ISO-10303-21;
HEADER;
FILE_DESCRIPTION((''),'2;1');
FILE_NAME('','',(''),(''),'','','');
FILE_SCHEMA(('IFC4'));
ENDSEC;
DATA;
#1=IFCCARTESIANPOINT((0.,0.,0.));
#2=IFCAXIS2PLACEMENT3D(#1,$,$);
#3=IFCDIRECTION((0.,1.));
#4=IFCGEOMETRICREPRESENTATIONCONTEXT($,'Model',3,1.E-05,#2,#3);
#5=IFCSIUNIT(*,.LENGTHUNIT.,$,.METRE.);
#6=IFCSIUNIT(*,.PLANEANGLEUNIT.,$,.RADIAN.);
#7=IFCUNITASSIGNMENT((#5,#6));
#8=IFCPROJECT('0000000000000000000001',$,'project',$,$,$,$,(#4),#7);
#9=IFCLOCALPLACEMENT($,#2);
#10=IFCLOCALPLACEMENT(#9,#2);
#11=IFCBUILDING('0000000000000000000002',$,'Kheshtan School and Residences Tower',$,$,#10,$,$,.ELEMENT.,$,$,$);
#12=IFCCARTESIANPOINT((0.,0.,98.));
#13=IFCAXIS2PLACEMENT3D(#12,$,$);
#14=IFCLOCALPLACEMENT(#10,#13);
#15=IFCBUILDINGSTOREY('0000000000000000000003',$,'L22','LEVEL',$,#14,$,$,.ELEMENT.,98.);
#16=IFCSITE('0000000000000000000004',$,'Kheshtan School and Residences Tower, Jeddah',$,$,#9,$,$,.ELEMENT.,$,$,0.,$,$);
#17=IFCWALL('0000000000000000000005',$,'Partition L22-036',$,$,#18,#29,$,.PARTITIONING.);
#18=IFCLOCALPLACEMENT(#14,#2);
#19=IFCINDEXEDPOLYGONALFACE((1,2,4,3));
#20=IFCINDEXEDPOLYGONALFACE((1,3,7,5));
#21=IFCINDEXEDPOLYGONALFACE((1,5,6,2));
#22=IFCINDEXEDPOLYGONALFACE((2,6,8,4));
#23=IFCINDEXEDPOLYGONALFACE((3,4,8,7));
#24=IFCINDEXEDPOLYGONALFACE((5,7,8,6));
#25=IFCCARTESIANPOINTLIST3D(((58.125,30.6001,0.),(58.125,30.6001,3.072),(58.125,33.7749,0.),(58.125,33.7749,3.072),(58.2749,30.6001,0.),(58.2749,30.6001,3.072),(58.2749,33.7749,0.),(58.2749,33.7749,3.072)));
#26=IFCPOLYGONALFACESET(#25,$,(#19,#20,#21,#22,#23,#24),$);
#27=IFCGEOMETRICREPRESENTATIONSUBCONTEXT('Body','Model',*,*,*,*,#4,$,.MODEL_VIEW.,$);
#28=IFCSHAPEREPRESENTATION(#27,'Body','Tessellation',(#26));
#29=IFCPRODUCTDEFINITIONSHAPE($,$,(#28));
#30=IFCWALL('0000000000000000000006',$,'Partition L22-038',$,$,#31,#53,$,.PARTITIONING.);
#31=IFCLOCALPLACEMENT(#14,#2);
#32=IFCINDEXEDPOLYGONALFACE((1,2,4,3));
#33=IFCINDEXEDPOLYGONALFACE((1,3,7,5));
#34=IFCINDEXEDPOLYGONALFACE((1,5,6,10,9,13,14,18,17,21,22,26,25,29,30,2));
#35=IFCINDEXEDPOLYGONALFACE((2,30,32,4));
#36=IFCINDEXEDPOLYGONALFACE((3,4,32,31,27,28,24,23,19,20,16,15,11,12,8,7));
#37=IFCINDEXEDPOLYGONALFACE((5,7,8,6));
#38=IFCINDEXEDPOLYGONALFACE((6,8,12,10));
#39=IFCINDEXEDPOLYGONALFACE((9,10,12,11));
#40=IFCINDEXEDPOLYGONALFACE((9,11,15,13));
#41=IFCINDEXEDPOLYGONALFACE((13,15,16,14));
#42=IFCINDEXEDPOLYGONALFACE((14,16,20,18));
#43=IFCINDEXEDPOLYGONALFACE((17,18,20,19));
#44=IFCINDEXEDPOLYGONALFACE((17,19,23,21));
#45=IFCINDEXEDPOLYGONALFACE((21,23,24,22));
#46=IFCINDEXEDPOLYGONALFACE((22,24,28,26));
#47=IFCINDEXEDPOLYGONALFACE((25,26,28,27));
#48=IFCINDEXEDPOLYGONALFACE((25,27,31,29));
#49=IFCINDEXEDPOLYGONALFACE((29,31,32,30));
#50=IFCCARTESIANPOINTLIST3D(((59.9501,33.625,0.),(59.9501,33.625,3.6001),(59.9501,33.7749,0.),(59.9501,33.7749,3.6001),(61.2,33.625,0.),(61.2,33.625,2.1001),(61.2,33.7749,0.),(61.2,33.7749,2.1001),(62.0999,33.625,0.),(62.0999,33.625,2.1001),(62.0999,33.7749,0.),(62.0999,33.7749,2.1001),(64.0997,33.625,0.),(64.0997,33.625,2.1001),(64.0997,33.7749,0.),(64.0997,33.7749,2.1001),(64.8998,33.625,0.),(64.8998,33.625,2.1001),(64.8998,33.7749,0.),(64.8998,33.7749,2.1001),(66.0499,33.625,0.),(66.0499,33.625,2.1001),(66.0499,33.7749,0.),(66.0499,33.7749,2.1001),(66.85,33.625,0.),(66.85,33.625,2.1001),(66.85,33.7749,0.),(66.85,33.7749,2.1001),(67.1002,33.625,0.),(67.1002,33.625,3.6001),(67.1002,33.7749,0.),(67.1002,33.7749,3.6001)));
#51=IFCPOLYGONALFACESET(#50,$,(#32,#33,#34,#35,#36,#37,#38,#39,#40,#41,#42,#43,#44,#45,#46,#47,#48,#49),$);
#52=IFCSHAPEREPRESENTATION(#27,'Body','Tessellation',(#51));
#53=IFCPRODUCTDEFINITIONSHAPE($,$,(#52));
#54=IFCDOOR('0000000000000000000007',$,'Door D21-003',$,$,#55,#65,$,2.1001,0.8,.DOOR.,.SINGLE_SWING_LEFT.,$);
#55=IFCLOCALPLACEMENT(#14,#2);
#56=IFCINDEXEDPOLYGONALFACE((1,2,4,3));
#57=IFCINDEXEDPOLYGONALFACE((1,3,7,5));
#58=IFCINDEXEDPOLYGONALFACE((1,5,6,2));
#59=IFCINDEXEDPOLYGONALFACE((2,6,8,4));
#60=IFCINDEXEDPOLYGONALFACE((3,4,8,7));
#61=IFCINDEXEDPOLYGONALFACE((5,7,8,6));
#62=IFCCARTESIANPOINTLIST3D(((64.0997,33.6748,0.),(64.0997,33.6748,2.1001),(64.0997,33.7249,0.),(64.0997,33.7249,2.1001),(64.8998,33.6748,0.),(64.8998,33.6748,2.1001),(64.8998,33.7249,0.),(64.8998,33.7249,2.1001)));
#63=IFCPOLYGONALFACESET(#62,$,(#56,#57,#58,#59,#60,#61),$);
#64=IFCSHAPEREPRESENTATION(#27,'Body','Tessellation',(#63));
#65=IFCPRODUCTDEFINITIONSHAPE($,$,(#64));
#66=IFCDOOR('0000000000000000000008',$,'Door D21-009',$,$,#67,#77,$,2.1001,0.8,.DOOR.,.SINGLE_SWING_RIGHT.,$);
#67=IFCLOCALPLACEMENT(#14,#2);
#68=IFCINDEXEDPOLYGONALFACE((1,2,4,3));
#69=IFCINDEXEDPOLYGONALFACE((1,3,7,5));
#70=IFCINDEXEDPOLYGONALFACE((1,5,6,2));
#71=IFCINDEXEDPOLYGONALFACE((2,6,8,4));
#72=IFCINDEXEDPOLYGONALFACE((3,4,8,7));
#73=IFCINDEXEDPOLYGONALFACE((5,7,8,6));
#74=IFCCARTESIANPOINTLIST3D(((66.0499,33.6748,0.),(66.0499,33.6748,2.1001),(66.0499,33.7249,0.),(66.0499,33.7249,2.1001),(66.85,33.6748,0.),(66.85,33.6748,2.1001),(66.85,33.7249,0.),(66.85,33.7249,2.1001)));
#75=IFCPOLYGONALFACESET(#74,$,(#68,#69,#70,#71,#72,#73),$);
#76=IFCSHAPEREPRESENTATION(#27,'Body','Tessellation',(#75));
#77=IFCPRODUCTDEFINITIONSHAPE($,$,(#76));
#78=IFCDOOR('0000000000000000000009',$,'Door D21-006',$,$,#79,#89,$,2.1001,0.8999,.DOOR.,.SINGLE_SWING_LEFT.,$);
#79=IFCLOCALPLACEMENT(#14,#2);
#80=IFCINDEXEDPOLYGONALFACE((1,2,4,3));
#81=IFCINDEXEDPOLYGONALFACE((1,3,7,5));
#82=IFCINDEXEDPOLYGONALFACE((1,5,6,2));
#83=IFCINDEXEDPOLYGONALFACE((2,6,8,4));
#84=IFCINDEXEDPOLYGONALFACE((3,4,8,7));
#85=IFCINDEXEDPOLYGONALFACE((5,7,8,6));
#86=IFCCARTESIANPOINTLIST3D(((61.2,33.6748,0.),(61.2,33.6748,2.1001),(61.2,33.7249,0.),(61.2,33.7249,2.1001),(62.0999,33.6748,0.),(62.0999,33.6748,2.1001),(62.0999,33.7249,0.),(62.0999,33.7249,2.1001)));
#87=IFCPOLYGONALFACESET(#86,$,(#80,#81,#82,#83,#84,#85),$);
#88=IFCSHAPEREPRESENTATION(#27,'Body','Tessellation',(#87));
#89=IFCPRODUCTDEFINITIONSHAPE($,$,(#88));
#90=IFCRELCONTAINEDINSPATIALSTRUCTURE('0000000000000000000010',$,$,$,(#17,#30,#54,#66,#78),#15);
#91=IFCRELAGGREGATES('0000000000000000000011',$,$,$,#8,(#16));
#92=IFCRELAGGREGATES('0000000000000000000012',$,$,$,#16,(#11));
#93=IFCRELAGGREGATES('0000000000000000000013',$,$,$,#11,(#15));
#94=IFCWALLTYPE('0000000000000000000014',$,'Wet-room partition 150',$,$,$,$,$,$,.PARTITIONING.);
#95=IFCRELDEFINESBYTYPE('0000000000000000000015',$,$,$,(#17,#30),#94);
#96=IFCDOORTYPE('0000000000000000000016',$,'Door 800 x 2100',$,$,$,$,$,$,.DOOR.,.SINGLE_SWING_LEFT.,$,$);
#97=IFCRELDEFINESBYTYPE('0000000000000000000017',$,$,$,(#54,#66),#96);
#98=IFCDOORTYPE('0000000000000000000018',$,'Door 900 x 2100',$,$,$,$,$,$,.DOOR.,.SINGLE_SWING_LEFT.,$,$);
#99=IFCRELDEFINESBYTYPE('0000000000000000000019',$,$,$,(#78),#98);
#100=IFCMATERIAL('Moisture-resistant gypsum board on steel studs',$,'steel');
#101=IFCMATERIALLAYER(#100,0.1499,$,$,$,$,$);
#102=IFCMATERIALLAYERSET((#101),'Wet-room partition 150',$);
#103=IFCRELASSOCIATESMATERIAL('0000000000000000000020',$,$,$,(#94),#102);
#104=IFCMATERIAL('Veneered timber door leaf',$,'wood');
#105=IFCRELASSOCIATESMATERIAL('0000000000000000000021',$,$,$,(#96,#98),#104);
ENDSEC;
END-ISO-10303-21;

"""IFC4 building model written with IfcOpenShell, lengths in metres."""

from ifc_helpers import new_model, si_unit, direction, frame, frame_2d, origin, place, context, subcontext, project, spatial, rectangle, extrude, source, transform, mapped, material, layer, layer_set, type_object, element, fill, save


model = new_model("IFC4")

# Units and contexts
model_context = context("Model", 3, precision=1e-05, world=origin(), true_north=direction((0.0, 1.0)))
body_context = subcontext(model_context, "Body", "Model", "MODEL_VIEW")
ifc_project = project(units=[si_unit("LENGTHUNIT", "METRE"), si_unit("PLANEANGLEUNIT", "RADIAN")], contexts=[model_context])

# Site, building, storey
site_placement = place(None, origin())
site = spatial("IfcSite", under=ifc_project, at=site_placement, Name="Kheshtan School and Residences Tower, Jeddah", CompositionType="ELEMENT", RefElevation=0.0)
building_placement = place(site_placement, origin())
building = spatial("IfcBuilding", under=site, at=building_placement, Name="Kheshtan School and Residences Tower", CompositionType="ELEMENT")
storey_placement = place(building_placement, frame((0.0, 0.0, 98.0)))
storey = spatial("IfcBuildingStorey", under=building, at=storey_placement, Name="L22", Description="LEVEL", CompositionType="ELEMENT", Elevation=98.0)

# Shared definitions
ifc_material_1 = material(Name="Moisture-resistant gypsum board on steel studs", Category="steel")
ifc_layer_1 = layer(ifc_material_1, 0.1499)
ifc_layer_set_1 = layer_set([ifc_layer_1], Name="Wet-room partition 150")
wall_type_1 = type_object("IfcWallType", Name="Wet-room partition 150", PredefinedType="PARTITIONING", material=ifc_layer_set_1)
ifc_material_2 = material(Name="Veneered timber door leaf", Category="wood")
door_type_1 = type_object("IfcDoorType", Name="Door 800 x 2100", OperationType="SINGLE_SWING_LEFT", PredefinedType="DOOR", material=ifc_material_2)
shared_shape_1 = source(origin(), body_context, "Body", "SweptSolid", [
    extrude(rectangle(XDim=0.8, YDim=2.1001, at=frame_2d((0.3999, 1.05))), frame((0.0, 0.0249, 0.0), z_axis=(0.0, -1.0, 0.0), x_axis=(1.0, 0.0, 0.0)), (0.0, 0.0, 1.0), 0.05),
])

# Shared definitions
door_type_2 = type_object("IfcDoorType", Name="Door 900 x 2100", OperationType="SINGLE_SWING_LEFT", PredefinedType="DOOR", material=ifc_material_2)
shared_shape_2 = source(origin(), body_context, "Body", "SweptSolid", [
    extrude(rectangle(XDim=0.8999, YDim=2.1001, at=frame_2d((0.45, 1.05))), frame((0.0, 0.0249, 0.0), z_axis=(0.0, -1.0, 0.0), x_axis=(1.0, 0.0, 0.0)), (0.0, 0.0, 1.0), 0.05),
])

# Wall
wall_1_placement = place(storey_placement, frame((58.2, 30.6001, 0.0), z_axis=(0.0, 0.0, 1.0), x_axis=(0.0, 1.0, 0.0)))
element("IfcWall", 1, at=wall_1_placement, inside=storey, type_object=wall_type_1, Name="Partition L22-036", PredefinedType="PARTITIONING", context=body_context, shape_type="SweptSolid", body=[
    extrude(rectangle(XDim=3.1748, YDim=0.1499, at=frame_2d((1.5874, 0.0))), origin(), (0.0, 0.0, 1.0), 3.072),
])

# Wall, openings, doors
wall_2_placement = place(storey_placement, frame((59.95, 33.7, 0.0), z_axis=(0.0, 0.0, 1.0), x_axis=(1.0, 0.0, 0.0)))
wall_2 = element("IfcWall", 2, at=wall_2_placement, inside=storey, type_object=wall_type_1, Name="Partition L22-038", PredefinedType="PARTITIONING", context=body_context, shape_type="SweptSolid", body=[
    extrude(rectangle(XDim=7.1501, YDim=0.1499, at=frame_2d((3.5752, 0.0))), origin(), (0.0, 0.0, 1.0), 3.6001),
])
opening_1_placement = place(wall_2_placement, frame((4.1499, 0.0, 0.0)))
opening_1 = element("IfcOpeningElement", 3, at=opening_1_placement, cuts=wall_2, PredefinedType="OPENING", context=body_context, shape_type="SweptSolid", body=[
    extrude(rectangle(XDim=0.8, YDim=2.1001, at=frame_2d((0.3999, 1.05))), frame((0.0, 0.085, 0.0), z_axis=(0.0, -1.0, 0.0), x_axis=(1.0, 0.0, 0.0)), (0.0, 0.0, 1.0), 0.1699),
])
opening_2_placement = place(wall_2_placement, frame((1.25, 0.0, 0.0)))
opening_2 = element("IfcOpeningElement", 4, at=opening_2_placement, cuts=wall_2, PredefinedType="OPENING", context=body_context, shape_type="SweptSolid", body=[
    extrude(rectangle(XDim=0.8999, YDim=2.1001, at=frame_2d((0.45, 1.05))), frame((0.0, 0.085, 0.0), z_axis=(0.0, -1.0, 0.0), x_axis=(1.0, 0.0, 0.0)), (0.0, 0.0, 1.0), 0.1699),
])
opening_3_placement = place(wall_2_placement, frame((6.1001, 0.0, 0.0)))
opening_3 = element("IfcOpeningElement", 5, at=opening_3_placement, cuts=wall_2, PredefinedType="OPENING", context=body_context, shape_type="SweptSolid", body=[
    extrude(rectangle(XDim=0.8, YDim=2.1001, at=frame_2d((0.3999, 1.05))), frame((0.0, 0.085, 0.0), z_axis=(0.0, -1.0, 0.0), x_axis=(1.0, 0.0, 0.0)), (0.0, 0.0, 1.0), 0.1699),
])
door_1_placement = place(opening_1_placement, origin())
door_1 = element("IfcDoor", 6, at=door_1_placement, inside=storey, type_object=door_type_1, Name="Door D21-003", OperationType="SINGLE_SWING_LEFT", OverallHeight=2.1001, OverallWidth=0.8, PredefinedType="DOOR", context=body_context, shape_type="MappedRepresentation", body=[
    mapped(shared_shape_1, transform((0.0, 0.0, 0.0), x_axis=(1.0, 0.0, 0.0), y_axis=(0.0, 1.0, 0.0), z_axis=(0.0, 0.0, 1.0), scale=1.0)),
])
fill(opening_1, door_1)
door_2_placement = place(opening_3_placement, origin())
door_2 = element("IfcDoor", 7, at=door_2_placement, inside=storey, type_object=door_type_1, Name="Door D21-009", OperationType="SINGLE_SWING_RIGHT", OverallHeight=2.1001, OverallWidth=0.8, PredefinedType="DOOR", context=body_context, shape_type="MappedRepresentation", body=[
    mapped(shared_shape_1, transform((0.0, 0.0, 0.0), x_axis=(1.0, 0.0, 0.0), y_axis=(0.0, 1.0, 0.0), z_axis=(0.0, 0.0, 1.0), scale=1.0)),
])
fill(opening_3, door_2)
door_3_placement = place(opening_2_placement, origin())
door_3 = element("IfcDoor", 8, at=door_3_placement, inside=storey, type_object=door_type_2, Name="Door D21-006", OperationType="SINGLE_SWING_LEFT", OverallHeight=2.1001, OverallWidth=0.8999, PredefinedType="DOOR", context=body_context, shape_type="MappedRepresentation", body=[
    mapped(shared_shape_2, transform((0.0, 0.0, 0.0), x_axis=(1.0, 0.0, 0.0), y_axis=(0.0, 1.0, 0.0), z_axis=(0.0, 0.0, 1.0), scale=1.0)),
])
fill(opening_2, door_3)

save(model, "model.ifc")
